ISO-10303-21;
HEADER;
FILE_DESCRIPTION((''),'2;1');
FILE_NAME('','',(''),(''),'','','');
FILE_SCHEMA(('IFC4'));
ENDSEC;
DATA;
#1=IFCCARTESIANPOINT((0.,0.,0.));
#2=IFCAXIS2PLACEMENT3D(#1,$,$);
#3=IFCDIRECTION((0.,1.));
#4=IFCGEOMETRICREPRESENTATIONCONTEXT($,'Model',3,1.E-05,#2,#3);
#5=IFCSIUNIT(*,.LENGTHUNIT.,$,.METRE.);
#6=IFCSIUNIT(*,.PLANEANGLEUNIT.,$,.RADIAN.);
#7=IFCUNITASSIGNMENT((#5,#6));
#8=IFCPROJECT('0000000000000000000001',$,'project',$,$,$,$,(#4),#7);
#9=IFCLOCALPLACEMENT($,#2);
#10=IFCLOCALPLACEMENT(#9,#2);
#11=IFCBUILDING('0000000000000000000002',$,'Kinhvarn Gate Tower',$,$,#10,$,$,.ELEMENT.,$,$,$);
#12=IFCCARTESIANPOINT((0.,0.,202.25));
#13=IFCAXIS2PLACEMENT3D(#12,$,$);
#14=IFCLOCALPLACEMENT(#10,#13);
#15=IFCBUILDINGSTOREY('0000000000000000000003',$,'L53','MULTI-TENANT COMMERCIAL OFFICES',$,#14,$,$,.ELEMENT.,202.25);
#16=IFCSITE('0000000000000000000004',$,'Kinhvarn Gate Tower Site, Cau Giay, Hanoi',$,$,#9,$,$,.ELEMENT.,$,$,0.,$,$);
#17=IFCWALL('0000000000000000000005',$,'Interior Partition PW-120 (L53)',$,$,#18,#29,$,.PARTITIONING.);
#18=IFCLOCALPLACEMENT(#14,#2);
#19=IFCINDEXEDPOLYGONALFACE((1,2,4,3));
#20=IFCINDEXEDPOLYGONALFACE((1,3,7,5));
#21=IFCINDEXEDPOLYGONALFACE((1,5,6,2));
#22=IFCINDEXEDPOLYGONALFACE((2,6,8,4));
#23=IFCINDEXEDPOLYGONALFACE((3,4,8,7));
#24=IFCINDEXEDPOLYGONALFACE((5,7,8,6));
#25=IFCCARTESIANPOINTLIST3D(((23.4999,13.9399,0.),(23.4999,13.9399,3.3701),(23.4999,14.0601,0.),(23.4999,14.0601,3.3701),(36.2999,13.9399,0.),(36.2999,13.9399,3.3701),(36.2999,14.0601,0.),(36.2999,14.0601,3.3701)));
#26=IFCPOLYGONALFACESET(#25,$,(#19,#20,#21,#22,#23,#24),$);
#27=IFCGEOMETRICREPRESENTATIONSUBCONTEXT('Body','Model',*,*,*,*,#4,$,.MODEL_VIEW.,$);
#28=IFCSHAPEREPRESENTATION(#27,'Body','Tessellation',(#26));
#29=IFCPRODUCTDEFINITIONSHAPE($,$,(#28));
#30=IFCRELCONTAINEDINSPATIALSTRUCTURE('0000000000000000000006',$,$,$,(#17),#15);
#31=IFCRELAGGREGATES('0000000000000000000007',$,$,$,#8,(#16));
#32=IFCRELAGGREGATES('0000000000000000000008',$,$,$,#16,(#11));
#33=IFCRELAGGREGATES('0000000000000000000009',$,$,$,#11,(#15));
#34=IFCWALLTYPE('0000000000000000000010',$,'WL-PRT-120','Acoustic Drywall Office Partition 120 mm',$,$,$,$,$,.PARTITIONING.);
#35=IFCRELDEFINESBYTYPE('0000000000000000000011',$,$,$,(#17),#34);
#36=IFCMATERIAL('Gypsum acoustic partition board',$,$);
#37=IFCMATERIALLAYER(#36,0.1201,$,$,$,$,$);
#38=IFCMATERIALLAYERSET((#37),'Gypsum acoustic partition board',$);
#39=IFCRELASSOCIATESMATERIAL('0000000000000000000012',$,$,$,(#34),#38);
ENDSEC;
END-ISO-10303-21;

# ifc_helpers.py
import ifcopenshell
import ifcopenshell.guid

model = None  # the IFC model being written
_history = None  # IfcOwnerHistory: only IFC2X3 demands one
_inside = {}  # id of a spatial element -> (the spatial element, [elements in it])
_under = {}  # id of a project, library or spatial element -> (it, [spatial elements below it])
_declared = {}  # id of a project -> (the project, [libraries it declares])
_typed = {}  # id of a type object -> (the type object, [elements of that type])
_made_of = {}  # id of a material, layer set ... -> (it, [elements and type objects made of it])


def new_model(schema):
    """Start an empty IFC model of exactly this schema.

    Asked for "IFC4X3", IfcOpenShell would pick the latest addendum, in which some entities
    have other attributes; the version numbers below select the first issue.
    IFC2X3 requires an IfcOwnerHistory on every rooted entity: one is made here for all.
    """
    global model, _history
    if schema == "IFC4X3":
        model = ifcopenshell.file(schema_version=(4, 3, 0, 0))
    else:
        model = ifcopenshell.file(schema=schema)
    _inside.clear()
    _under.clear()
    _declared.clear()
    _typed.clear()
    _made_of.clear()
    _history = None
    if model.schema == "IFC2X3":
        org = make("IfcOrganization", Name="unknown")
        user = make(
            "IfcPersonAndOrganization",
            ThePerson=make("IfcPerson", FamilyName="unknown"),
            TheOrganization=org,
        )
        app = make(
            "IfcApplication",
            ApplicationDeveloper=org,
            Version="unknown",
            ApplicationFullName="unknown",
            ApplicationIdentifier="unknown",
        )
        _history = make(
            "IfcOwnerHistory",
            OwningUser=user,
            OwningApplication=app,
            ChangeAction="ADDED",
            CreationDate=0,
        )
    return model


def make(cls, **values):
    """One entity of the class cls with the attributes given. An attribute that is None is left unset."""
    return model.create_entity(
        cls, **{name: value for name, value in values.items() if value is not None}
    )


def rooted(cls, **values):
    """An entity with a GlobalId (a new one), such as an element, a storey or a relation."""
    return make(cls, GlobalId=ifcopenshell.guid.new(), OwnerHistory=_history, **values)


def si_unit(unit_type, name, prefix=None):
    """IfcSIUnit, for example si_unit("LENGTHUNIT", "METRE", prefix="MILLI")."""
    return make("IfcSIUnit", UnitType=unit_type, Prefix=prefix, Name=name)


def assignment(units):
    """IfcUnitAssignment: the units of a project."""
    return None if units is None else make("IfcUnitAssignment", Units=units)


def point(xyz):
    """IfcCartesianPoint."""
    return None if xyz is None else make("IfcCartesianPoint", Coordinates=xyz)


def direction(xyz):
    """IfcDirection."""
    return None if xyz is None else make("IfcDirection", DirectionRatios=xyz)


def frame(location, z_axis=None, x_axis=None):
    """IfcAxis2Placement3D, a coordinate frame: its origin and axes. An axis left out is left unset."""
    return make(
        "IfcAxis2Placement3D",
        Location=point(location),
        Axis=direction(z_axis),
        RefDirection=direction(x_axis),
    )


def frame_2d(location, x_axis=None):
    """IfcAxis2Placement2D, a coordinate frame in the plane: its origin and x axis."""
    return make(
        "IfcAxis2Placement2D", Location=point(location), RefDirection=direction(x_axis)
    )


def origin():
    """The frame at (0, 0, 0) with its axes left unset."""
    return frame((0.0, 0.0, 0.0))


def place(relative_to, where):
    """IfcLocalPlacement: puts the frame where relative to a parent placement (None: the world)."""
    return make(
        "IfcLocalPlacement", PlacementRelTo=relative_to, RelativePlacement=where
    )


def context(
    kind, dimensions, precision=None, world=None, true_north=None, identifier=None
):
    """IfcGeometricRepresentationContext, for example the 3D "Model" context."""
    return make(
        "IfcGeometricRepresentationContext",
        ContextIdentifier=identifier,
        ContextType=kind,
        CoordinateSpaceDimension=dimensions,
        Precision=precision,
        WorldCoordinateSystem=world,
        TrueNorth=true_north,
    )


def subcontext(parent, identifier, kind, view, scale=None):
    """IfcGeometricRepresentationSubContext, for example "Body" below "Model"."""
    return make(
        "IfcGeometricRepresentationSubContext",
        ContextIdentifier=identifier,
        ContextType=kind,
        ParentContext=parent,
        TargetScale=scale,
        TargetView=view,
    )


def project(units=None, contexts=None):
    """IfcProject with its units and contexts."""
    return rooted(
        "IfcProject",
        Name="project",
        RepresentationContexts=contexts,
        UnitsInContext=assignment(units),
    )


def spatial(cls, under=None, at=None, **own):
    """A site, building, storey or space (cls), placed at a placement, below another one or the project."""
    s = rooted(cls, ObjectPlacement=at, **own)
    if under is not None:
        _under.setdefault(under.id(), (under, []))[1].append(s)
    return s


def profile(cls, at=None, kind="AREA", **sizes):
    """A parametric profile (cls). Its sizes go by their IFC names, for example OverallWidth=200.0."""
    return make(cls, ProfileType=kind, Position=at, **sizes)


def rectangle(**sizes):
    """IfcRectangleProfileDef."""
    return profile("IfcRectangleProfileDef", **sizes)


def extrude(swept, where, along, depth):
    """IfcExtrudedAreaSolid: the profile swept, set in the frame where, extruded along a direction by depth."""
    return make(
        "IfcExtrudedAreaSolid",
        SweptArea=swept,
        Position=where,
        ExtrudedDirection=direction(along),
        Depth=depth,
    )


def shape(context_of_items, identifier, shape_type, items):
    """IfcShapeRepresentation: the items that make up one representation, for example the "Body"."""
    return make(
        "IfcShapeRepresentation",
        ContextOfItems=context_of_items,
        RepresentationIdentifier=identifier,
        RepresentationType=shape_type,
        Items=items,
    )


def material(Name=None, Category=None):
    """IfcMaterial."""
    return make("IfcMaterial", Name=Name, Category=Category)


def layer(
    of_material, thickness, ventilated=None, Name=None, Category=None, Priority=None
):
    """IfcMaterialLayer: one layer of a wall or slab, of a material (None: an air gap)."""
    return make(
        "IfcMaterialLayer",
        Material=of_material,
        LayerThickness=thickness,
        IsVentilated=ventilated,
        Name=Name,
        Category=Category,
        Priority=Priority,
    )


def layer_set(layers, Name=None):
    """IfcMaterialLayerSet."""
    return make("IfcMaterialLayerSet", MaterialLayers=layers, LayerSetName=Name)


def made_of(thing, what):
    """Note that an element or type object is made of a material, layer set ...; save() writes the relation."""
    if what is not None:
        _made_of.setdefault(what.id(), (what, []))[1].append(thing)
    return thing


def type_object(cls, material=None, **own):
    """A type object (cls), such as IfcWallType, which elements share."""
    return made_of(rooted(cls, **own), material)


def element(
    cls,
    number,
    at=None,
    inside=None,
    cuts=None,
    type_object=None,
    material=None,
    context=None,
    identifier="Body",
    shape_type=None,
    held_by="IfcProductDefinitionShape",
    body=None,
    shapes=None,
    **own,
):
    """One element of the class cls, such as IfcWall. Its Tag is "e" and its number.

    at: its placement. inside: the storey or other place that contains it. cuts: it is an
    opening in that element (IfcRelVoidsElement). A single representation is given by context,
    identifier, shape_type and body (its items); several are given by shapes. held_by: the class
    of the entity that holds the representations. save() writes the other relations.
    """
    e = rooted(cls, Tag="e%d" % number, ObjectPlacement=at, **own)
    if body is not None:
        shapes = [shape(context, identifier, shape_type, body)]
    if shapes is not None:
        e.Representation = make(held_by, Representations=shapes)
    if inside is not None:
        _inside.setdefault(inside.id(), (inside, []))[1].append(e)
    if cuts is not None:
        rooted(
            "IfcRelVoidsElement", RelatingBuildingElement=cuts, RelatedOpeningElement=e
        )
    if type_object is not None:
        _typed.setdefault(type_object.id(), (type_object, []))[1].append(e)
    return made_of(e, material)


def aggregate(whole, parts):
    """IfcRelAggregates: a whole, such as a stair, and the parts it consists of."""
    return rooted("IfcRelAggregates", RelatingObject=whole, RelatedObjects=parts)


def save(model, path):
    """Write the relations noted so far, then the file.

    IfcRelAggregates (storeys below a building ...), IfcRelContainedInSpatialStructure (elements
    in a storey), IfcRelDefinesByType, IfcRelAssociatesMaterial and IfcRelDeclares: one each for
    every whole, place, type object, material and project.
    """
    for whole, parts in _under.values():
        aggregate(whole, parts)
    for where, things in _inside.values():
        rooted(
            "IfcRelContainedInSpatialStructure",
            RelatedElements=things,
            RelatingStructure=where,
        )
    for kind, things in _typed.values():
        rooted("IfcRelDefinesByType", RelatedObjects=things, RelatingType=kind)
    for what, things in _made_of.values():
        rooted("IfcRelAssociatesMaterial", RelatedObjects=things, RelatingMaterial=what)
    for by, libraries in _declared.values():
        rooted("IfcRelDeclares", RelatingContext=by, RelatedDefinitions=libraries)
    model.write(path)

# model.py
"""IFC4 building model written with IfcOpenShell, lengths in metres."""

from ifc_helpers import new_model, si_unit, direction, frame, frame_2d, origin, place, context, subcontext, project, spatial, rectangle, extrude, material, layer, layer_set, type_object, element, save


model = new_model("IFC4")

# Units and contexts
model_context = context("Model", 3, precision=1e-05, world=origin(), true_north=direction((0.0, 1.0)))
body_context = subcontext(model_context, "Body", "Model", "MODEL_VIEW")
ifc_project = project(units=[si_unit("LENGTHUNIT", "METRE"), si_unit("PLANEANGLEUNIT", "RADIAN")], contexts=[model_context])

# Site, building, storey
site_placement = place(None, origin())
site = spatial("IfcSite", under=ifc_project, at=site_placement, Name="Kinhvarn Gate Tower Site, Cau Giay, Hanoi", CompositionType="ELEMENT", RefElevation=0.0)
building_placement = place(site_placement, origin())
building = spatial("IfcBuilding", under=site, at=building_placement, Name="Kinhvarn Gate Tower", CompositionType="ELEMENT")
storey_placement = place(building_placement, frame((0.0, 0.0, 202.25)))
storey = spatial("IfcBuildingStorey", under=building, at=storey_placement, Name="L53", Description="MULTI-TENANT COMMERCIAL OFFICES", CompositionType="ELEMENT", Elevation=202.25)

# Wall
ifc_material_1 = material(Name="Gypsum acoustic partition board")
ifc_layer_1 = layer(ifc_material_1, 0.1201)
ifc_layer_set_1 = layer_set([ifc_layer_1], Name="Gypsum acoustic partition board")
wall_type_1 = type_object("IfcWallType", Name="WL-PRT-120", Description="Acoustic Drywall Office Partition 120 mm", PredefinedType="PARTITIONING", material=ifc_layer_set_1)
for number, where, z_axis, x_axis, name in (
    (1, (23.5, 14.0, 0.0), (0.0, 0.0, 1.0), (1.0, 0.0, 0.0), "Interior Partition PW-120 (L53)"),
):
    element("IfcWall", number, at=place(storey_placement, frame(where, z_axis=z_axis, x_axis=x_axis)), inside=storey, type_object=wall_type_1, Name=name, PredefinedType="PARTITIONING", context=body_context, shape_type="SweptSolid", body=[
        extrude(rectangle(XDim=12.8, YDim=0.1201, at=frame_2d((6.3999, 0.0))), origin(), (0.0, 0.0, 1.0), 3.3701),
    ])

save(model, "model.ifc")
